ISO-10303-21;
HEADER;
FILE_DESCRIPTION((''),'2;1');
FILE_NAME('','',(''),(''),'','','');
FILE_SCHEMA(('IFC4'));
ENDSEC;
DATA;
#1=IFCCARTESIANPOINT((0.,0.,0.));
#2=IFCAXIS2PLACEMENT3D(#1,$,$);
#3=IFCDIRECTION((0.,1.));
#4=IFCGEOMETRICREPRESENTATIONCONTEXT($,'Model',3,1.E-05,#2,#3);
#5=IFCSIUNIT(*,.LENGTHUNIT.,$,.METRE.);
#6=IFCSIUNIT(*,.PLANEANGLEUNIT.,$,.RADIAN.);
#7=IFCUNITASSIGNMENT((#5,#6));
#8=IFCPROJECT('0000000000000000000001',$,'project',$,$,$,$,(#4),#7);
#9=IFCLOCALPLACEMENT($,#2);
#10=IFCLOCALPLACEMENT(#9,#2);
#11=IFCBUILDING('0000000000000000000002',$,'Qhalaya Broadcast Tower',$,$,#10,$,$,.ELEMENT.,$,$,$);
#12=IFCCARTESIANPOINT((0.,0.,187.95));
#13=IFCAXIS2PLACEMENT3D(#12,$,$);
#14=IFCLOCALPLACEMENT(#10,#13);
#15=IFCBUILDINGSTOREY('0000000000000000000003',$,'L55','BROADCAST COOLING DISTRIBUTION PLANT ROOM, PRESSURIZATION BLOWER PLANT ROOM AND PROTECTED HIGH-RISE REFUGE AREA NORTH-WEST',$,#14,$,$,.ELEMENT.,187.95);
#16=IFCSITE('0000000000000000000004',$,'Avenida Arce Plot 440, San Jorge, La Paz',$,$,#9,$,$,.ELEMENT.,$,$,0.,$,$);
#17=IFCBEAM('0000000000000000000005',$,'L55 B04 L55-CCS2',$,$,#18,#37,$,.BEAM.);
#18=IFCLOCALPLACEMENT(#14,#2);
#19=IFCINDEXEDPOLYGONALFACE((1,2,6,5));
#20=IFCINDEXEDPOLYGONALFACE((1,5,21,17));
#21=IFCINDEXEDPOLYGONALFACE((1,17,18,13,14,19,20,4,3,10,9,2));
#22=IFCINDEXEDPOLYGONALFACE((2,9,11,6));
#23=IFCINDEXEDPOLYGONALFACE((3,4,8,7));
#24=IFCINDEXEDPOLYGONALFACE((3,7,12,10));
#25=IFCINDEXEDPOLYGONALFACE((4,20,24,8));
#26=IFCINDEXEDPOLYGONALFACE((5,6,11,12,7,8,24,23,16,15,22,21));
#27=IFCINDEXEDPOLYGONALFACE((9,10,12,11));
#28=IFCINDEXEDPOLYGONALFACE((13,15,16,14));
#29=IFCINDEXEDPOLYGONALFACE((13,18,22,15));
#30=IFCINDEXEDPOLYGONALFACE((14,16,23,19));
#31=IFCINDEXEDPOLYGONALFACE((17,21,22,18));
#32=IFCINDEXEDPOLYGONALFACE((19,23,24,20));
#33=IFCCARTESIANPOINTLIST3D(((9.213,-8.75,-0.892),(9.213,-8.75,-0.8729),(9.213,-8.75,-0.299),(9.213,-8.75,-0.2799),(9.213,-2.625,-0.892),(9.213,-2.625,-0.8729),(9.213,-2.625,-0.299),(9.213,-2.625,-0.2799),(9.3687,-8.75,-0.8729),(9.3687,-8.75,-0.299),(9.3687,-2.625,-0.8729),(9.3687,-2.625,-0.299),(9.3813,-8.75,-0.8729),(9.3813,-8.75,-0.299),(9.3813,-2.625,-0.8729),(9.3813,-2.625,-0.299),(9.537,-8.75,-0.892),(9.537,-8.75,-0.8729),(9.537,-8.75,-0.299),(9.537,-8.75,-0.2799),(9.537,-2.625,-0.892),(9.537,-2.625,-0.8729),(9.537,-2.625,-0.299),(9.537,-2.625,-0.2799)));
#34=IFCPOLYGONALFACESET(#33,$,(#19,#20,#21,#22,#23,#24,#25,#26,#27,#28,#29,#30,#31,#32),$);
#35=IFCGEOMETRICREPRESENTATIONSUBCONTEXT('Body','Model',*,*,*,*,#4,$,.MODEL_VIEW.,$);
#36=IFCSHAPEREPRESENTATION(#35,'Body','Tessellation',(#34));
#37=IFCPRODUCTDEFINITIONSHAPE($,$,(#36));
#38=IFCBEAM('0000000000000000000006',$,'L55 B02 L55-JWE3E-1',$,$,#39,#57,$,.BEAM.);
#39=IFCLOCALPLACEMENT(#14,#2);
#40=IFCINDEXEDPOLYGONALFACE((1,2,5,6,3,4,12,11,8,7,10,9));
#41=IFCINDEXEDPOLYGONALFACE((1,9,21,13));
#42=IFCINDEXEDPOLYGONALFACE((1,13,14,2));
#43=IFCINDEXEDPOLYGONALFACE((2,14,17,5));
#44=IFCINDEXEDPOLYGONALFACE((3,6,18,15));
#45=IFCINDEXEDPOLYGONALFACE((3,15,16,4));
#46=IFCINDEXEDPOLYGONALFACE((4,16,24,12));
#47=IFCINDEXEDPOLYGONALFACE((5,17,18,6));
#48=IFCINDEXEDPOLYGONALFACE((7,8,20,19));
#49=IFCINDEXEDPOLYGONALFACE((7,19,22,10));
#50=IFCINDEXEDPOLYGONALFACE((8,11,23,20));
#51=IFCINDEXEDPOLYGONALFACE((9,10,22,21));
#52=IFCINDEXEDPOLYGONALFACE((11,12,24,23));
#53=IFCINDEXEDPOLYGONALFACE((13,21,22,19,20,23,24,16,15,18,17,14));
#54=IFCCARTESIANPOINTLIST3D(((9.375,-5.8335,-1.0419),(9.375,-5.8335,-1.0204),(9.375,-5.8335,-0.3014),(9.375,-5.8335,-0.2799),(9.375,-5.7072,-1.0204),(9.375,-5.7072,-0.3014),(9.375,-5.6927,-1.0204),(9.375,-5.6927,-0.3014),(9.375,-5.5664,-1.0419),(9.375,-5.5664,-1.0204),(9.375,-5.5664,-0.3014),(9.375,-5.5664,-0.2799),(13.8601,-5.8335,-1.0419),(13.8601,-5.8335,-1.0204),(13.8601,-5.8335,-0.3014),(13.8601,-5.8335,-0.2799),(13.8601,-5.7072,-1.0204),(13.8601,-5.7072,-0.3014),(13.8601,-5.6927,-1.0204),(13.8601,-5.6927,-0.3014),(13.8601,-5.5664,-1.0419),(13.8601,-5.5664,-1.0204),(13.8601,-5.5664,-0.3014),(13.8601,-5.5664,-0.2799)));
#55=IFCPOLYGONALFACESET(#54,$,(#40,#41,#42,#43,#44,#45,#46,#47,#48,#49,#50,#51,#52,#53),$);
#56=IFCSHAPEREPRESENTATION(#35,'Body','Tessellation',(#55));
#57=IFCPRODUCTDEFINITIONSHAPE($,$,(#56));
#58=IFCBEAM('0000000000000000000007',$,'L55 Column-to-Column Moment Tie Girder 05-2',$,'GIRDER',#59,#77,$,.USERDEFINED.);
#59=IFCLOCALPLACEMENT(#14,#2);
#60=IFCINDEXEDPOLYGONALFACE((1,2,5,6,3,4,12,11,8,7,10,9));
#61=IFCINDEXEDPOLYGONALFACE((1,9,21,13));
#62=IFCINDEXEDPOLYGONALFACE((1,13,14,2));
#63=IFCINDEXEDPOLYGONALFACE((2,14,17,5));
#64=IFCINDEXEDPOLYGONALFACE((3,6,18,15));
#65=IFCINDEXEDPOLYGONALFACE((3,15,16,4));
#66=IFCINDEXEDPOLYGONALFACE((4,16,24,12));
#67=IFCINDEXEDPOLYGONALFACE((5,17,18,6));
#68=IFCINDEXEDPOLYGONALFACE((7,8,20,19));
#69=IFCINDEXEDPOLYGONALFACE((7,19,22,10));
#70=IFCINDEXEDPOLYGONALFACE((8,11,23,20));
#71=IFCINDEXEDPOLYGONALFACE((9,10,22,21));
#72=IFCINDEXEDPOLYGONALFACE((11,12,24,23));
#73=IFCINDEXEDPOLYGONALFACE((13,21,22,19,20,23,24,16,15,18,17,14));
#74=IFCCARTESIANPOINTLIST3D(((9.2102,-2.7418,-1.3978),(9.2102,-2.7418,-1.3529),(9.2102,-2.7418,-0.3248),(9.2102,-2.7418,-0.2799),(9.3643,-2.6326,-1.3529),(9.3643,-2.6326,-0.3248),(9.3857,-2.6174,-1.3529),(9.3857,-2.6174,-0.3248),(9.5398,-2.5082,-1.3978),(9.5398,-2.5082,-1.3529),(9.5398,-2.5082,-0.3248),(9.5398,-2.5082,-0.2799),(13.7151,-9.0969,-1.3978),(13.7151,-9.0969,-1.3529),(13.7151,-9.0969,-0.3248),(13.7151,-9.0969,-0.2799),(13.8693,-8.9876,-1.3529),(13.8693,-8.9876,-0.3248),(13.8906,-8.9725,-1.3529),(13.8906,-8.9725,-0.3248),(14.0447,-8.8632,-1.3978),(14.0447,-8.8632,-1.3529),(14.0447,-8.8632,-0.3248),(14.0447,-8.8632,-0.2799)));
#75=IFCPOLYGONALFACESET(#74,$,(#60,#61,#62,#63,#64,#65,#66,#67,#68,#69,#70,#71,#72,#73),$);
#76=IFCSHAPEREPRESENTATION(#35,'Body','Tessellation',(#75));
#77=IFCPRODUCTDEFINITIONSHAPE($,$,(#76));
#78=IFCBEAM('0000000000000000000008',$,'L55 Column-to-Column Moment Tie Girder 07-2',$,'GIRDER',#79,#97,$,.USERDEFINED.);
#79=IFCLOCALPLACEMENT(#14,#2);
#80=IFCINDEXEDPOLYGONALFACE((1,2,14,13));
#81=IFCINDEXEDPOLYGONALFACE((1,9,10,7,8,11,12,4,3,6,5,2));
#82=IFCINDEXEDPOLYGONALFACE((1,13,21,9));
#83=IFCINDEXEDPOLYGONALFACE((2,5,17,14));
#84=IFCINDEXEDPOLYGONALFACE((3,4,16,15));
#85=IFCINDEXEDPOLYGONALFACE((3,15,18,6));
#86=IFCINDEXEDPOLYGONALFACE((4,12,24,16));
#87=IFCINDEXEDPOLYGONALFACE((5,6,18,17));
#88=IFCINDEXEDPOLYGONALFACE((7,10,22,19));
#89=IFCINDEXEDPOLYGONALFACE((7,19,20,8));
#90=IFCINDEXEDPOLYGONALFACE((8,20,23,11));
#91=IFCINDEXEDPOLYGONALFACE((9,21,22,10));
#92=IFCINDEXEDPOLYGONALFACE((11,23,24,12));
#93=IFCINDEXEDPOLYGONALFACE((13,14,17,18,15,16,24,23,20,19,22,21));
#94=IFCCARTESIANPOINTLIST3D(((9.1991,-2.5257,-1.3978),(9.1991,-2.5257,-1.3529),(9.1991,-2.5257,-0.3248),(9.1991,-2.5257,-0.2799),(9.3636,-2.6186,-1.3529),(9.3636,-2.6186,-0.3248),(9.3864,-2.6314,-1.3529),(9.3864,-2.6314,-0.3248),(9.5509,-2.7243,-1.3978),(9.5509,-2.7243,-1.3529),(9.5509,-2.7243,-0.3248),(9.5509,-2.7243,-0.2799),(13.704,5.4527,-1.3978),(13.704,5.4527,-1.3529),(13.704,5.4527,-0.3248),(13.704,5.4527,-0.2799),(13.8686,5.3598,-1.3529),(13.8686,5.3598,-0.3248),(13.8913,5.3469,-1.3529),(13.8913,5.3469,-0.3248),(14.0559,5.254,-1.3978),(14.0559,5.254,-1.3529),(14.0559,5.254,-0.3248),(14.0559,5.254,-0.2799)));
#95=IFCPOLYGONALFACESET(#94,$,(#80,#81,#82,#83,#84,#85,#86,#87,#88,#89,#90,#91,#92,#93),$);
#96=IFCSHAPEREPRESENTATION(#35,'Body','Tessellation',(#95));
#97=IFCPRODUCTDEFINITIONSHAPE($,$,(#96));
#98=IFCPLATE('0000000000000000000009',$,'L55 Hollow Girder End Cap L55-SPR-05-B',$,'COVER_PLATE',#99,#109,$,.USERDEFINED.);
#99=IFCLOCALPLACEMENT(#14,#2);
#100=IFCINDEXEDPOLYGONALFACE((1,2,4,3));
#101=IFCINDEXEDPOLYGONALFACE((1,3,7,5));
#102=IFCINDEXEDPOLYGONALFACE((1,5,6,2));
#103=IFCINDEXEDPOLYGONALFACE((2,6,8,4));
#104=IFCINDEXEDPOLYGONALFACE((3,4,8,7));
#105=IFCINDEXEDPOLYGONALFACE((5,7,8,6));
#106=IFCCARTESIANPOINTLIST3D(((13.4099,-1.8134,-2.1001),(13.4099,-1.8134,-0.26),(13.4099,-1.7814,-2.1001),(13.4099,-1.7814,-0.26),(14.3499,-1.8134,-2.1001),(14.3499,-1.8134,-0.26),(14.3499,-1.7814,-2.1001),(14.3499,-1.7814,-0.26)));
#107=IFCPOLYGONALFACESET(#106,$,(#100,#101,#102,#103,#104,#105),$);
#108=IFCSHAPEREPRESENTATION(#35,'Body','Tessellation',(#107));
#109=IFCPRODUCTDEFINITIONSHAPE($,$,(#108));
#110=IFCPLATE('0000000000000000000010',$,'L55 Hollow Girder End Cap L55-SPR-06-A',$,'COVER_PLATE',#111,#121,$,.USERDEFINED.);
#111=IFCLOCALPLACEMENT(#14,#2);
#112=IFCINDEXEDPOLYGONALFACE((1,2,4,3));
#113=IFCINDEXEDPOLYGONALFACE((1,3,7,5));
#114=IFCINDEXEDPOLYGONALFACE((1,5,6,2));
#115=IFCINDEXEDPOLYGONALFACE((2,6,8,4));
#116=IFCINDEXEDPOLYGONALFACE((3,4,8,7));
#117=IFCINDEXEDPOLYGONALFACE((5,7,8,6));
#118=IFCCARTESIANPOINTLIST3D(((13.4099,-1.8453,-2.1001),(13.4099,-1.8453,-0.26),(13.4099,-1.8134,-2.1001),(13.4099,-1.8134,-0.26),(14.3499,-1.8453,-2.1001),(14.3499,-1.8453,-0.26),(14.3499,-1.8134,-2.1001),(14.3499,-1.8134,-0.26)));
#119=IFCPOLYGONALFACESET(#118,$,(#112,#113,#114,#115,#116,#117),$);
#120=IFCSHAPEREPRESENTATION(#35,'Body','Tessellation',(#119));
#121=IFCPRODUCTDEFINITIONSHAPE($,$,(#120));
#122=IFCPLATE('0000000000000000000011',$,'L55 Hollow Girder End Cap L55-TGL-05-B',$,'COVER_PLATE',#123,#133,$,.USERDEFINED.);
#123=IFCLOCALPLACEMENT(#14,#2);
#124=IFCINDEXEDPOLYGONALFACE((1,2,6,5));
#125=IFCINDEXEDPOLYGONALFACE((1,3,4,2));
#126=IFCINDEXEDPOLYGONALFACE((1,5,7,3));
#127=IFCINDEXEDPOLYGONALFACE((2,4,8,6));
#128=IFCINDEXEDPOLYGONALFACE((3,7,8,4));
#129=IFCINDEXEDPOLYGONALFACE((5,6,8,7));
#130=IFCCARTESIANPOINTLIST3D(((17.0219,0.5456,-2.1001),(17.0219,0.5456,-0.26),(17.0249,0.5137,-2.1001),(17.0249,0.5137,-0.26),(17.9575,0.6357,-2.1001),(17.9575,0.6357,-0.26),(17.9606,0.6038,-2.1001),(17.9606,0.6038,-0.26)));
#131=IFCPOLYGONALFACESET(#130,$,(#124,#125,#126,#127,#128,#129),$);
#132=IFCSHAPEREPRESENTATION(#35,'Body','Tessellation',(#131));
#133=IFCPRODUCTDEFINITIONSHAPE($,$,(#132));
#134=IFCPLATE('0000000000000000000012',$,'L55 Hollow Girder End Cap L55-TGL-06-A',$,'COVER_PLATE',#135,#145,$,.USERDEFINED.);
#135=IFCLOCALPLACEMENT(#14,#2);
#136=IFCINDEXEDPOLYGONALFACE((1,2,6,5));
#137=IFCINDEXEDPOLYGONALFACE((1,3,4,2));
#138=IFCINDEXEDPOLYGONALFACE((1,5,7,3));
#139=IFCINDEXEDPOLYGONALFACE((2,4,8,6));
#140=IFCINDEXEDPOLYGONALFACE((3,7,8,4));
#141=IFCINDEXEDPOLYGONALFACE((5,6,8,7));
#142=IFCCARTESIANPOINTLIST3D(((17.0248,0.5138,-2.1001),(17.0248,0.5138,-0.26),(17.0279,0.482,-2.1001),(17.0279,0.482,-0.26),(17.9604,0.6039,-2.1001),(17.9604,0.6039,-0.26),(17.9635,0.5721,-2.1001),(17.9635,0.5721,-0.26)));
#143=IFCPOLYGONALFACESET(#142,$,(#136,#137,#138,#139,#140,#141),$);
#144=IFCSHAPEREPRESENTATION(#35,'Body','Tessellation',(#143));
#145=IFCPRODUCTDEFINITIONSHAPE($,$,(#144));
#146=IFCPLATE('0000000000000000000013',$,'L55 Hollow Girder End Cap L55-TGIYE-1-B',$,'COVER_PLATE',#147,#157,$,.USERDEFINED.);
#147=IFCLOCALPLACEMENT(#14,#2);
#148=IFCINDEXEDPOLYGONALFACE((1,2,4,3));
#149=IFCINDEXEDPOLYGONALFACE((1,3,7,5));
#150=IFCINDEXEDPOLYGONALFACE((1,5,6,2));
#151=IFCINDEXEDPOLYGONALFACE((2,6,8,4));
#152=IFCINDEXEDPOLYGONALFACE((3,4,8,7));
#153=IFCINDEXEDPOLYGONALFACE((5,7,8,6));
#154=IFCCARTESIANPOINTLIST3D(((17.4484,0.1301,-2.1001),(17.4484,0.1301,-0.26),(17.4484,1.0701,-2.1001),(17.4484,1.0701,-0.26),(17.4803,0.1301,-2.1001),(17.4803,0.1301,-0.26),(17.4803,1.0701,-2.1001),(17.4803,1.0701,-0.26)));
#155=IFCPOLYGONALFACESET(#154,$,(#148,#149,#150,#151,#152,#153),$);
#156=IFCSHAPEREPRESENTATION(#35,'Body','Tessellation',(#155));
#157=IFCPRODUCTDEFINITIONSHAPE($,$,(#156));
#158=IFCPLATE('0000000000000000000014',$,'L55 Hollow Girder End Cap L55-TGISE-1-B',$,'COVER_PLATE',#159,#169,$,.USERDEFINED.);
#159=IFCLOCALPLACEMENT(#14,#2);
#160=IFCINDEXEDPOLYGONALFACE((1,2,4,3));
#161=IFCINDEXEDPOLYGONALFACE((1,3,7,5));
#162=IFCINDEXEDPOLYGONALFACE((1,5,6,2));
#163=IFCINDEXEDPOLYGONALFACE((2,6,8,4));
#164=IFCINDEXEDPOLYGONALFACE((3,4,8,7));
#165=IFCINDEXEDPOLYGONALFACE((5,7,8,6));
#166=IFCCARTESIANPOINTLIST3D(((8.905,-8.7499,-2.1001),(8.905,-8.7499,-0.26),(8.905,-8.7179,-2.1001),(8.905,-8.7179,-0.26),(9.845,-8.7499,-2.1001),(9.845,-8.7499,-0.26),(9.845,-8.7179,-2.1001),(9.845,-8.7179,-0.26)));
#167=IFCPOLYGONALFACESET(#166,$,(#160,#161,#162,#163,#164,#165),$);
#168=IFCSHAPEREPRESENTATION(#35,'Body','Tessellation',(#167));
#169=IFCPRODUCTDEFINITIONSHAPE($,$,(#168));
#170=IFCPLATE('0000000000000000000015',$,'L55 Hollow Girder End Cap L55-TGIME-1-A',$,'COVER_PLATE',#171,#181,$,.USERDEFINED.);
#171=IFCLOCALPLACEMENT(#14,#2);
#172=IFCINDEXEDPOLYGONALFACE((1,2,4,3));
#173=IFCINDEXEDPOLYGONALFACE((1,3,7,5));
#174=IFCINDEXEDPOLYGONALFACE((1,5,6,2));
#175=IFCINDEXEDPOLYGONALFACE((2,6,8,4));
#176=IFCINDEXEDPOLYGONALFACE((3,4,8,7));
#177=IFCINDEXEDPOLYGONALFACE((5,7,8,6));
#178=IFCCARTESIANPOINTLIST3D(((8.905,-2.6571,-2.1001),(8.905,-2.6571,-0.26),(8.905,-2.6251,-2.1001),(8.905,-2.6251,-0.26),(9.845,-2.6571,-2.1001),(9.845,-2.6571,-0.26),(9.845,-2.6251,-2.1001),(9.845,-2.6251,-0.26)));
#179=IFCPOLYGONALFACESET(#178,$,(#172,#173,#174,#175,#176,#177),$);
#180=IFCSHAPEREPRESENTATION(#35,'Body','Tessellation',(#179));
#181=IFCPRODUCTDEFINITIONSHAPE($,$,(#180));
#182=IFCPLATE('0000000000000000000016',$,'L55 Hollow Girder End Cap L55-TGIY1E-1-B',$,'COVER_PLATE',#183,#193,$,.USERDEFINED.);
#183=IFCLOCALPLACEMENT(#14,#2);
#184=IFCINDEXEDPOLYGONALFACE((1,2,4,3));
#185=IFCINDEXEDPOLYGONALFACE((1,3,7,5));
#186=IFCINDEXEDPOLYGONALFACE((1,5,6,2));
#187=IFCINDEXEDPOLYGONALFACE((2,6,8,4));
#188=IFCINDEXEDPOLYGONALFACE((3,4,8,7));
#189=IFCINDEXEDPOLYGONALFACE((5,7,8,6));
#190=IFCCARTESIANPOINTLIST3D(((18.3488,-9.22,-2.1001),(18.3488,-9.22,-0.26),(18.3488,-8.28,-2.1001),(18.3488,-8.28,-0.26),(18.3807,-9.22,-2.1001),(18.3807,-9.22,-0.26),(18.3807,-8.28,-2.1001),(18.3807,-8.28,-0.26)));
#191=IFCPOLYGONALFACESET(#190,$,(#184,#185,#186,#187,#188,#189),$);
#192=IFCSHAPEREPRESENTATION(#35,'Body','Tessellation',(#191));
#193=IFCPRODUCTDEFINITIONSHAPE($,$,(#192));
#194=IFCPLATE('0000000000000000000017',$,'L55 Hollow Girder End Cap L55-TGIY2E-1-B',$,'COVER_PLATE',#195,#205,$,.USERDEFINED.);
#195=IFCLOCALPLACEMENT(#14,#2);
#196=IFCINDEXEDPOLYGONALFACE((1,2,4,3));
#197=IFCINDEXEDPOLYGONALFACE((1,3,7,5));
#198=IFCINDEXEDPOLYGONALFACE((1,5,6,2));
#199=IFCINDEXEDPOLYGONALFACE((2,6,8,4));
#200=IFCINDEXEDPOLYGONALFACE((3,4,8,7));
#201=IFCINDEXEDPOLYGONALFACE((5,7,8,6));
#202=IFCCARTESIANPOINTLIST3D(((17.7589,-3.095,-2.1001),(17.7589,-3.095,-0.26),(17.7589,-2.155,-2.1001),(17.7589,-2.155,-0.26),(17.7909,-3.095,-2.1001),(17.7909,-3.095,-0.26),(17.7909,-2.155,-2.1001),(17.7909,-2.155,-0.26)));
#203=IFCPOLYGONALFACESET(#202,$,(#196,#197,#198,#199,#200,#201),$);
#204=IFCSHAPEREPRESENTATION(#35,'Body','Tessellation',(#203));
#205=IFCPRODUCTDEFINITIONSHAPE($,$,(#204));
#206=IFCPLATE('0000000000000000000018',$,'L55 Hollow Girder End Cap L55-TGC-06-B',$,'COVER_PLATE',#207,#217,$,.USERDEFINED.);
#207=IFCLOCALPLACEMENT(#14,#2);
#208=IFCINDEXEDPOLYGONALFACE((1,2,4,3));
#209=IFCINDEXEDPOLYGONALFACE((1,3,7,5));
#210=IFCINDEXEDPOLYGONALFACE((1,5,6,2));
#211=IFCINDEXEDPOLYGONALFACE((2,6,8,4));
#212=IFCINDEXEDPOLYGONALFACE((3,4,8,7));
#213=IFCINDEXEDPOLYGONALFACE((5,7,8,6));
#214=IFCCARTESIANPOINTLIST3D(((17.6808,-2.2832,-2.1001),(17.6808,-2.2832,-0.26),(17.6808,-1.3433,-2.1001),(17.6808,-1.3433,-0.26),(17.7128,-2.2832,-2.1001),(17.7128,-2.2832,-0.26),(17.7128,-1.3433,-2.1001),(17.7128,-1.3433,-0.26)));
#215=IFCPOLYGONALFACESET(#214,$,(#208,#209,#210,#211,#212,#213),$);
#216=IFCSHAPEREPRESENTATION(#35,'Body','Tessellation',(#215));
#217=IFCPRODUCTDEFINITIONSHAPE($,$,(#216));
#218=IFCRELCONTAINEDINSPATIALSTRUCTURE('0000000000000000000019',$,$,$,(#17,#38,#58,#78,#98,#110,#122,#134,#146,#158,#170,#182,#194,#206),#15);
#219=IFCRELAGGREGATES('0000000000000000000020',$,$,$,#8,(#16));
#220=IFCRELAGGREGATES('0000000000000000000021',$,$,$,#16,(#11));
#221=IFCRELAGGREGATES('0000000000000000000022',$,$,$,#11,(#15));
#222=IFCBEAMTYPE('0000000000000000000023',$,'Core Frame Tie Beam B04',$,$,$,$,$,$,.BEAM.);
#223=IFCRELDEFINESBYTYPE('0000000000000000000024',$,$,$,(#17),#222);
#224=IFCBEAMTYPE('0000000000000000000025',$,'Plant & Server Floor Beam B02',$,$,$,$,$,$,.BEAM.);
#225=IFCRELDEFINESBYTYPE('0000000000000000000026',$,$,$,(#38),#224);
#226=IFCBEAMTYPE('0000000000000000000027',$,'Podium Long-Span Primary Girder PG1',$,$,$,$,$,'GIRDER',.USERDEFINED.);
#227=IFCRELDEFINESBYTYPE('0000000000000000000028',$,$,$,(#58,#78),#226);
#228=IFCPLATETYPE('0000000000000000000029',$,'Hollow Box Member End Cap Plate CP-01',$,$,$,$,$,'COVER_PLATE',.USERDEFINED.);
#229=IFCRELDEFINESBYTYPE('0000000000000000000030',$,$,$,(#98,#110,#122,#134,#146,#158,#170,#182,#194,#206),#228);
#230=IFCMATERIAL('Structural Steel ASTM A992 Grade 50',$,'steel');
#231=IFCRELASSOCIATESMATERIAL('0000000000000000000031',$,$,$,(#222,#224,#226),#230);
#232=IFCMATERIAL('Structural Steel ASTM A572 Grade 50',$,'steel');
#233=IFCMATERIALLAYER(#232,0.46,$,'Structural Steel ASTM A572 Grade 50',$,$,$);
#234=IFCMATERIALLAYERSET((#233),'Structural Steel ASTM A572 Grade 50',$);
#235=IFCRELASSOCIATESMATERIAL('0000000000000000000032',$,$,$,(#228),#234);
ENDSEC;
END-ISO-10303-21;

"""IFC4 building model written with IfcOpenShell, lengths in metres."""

from ifc_helpers import new_model, si_unit, direction, frame, origin, origin_2d, place, context, subcontext, project, spatial, rectangle, i_section, extrude, material, layer, layer_set, material_profile, profile_set, type_object, element, save


model = new_model("IFC4")

# Units and contexts
model_context = context("Model", 3, precision=1e-05, world=origin(), true_north=direction((0.0, 1.0)))
body_context = subcontext(model_context, "Body", "Model", "MODEL_VIEW")
ifc_project = project(units=[si_unit("LENGTHUNIT", "METRE"), si_unit("PLANEANGLEUNIT", "RADIAN")], contexts=[model_context])

# Site, building, storey
site_placement = place(None, origin())
site = spatial("IfcSite", under=ifc_project, at=site_placement, Name="Avenida Arce Plot 440, San Jorge, La Paz", CompositionType="ELEMENT", RefElevation=0.0)
building_placement = place(site_placement, origin())
building = spatial("IfcBuilding", under=site, at=building_placement, Name="Qhalaya Broadcast Tower", CompositionType="ELEMENT")
storey_placement = place(building_placement, frame((0.0, 0.0, 187.95)))
storey = spatial("IfcBuildingStorey", under=building, at=storey_placement, Name="L55", Description="BROADCAST COOLING DISTRIBUTION PLANT ROOM, PRESSURIZATION BLOWER PLANT ROOM AND PROTECTED HIGH-RISE REFUGE AREA NORTH-WEST", CompositionType="ELEMENT", Elevation=187.95)

# Shared definitions
ifc_material_1 = material(Name="Structural Steel ASTM A572 Grade 50", Category="steel")

# Beams
ifc_material_2 = material(Name="Structural Steel ASTM A992 Grade 50", Category="steel")
ifc_material_profile_1 = material_profile(ifc_material_2, i_section(OverallWidth=0.324, OverallDepth=0.6121, WebThickness=0.0127, FlangeThickness=0.019, at=origin_2d()), Name="W24X104")
ifc_profile_set_1 = profile_set([ifc_material_profile_1], Name="Structural Steel ASTM A992 Grade 50")
beam_type_1 = type_object("IfcBeamType", Name="Core Frame Tie Beam B04", PredefinedType="BEAM", material=ifc_profile_set_1)
beam_1_placement = place(storey_placement, frame((9.375, -8.75, -0.5859), z_axis=(0.0, 1.0, 0.0), x_axis=(-1.0, 0.0, 0.0)))
element("IfcBeam", 1, at=beam_1_placement, inside=storey, type_object=beam_type_1, Name="L55 B04 L55-CCS2", PredefinedType="BEAM", context=body_context, shape_type="SweptSolid", body=[
    extrude(i_section(OverallWidth=0.324, OverallDepth=0.6121, WebThickness=0.0127, FlangeThickness=0.019, at=origin_2d()), origin(), (0.0, 0.0, 1.0), 6.125),
])
ifc_material_profile_2 = material_profile(ifc_material_2, i_section(OverallWidth=0.2671, OverallDepth=0.762, WebThickness=0.0144, FlangeThickness=0.0215, at=origin_2d()), Name="W30X116")
ifc_profile_set_2 = profile_set([ifc_material_profile_2], Name="Structural Steel ASTM A992 Grade 50")
beam_type_2 = type_object("IfcBeamType", Name="Plant & Server Floor Beam B02", PredefinedType="BEAM", material=ifc_profile_set_2)
beam_2_placement = place(storey_placement, frame((9.375, -5.7, -0.6609), z_axis=(1.0, 0.0, 0.0), x_axis=(0.0, 1.0, 0.0)))
element("IfcBeam", 2, at=beam_2_placement, inside=storey, type_object=beam_type_2, Name="L55 B02 L55-JWE3E-1", PredefinedType="BEAM", context=body_context, shape_type="SweptSolid", body=[
    extrude(i_section(OverallWidth=0.2671, OverallDepth=0.762, WebThickness=0.0144, FlangeThickness=0.0215, at=origin_2d()), origin(), (0.0, 0.0, 1.0), 4.4851),
])
ifc_material_profile_3 = material_profile(ifc_material_2, i_section(OverallWidth=0.4041, OverallDepth=1.1179, WebThickness=0.0261, FlangeThickness=0.0449, at=origin_2d()), Name="W44X335")
ifc_profile_set_3 = profile_set([ifc_material_profile_3], Name="Structural Steel ASTM A992 Grade 50")
beam_type_3 = type_object("IfcBeamType", Name="Podium Long-Span Primary Girder PG1", ElementType="GIRDER", PredefinedType="USERDEFINED", material=ifc_profile_set_3)
beam_3_placement = place(storey_placement, frame((9.375, -2.625, -0.8389), z_axis=(0.578311, -0.815816, 0.0), x_axis=(0.815816, 0.578311, 0.0)))
element("IfcBeam", 3, at=beam_3_placement, inside=storey, type_object=beam_type_3, Name="L55 Column-to-Column Moment Tie Girder 05-2", ObjectType="GIRDER", PredefinedType="USERDEFINED", context=body_context, shape_type="SweptSolid", body=[
    extrude(i_section(OverallWidth=0.4041, OverallDepth=1.1179, WebThickness=0.0261, FlangeThickness=0.0449, at=origin_2d()), origin(), (0.0, 0.0, 1.0), 7.7898),
])
beam_4_placement = place(storey_placement, frame((9.375, -2.625, -0.8389), z_axis=(0.491679, 0.870777, 0.0), x_axis=(-0.870777, 0.491679, 0.0)))
element("IfcBeam", 4, at=beam_4_placement, inside=storey, type_object=beam_type_3, Name="L55 Column-to-Column Moment Tie Girder 07-2", ObjectType="GIRDER", PredefinedType="USERDEFINED", context=body_context, shape_type="SweptSolid", body=[
    extrude(i_section(OverallWidth=0.4041, OverallDepth=1.1179, WebThickness=0.0261, FlangeThickness=0.0449, at=origin_2d()), origin(), (0.0, 0.0, 1.0), 9.1624),
])

# Plates
ifc_layer_1 = layer(ifc_material_1, 0.46, Name="Structural Steel ASTM A572 Grade 50")
ifc_layer_set_1 = layer_set([ifc_layer_1], Name="Structural Steel ASTM A572 Grade 50")
plate_type_1 = type_object("IfcPlateType", Name="Hollow Box Member End Cap Plate CP-01", ElementType="COVER_PLATE", PredefinedType="USERDEFINED", material=ifc_layer_set_1)
for number, where, z_axis, x_axis, name in (
    (5, (13.8799, -1.7974, -2.1001), (0.0, 0.0, 1.0), (-1.0, 0.0, 0.0), "L55 Hollow Girder End Cap L55-SPR-05-B"),
    (6, (13.8799, -1.8293, -2.1001), (0.0, 0.0, 1.0), (-1.0, 0.0, 0.0), "L55 Hollow Girder End Cap L55-SPR-06-A"),
    (7, (17.4912, 0.5747, -2.1001), (0.0, 0.0, 1.0), (-0.995396, -0.095846, 0.0), "L55 Hollow Girder End Cap L55-TGL-05-B"),
    (8, (17.4941, 0.543, -2.1001), (0.0, 0.0, 1.0), (-0.995396, -0.095846, 0.0), "L55 Hollow Girder End Cap L55-TGL-06-A"),
    (9, (17.4644, 0.6001, -2.1001), (0.0, 0.0, 1.0), (0.0, 1.0, 0.0), "L55 Hollow Girder End Cap L55-TGIYE-1-B"),
    (10, (9.375, -8.7339, -2.1001), (0.0, 0.0, 1.0), (-1.0, 0.0, 0.0), "L55 Hollow Girder End Cap L55-TGISE-1-B"),
    (11, (9.375, -2.6411, -2.1001), (0.0, 0.0, 1.0), (-1.0, 0.0, 0.0), "L55 Hollow Girder End Cap L55-TGIME-1-A"),
    (12, (18.3647, -8.75, -2.1001), (0.0, 0.0, 1.0), (0.0, 1.0, 0.0), "L55 Hollow Girder End Cap L55-TGIY1E-1-B"),
    (13, (17.7749, -2.625, -2.1001), (0.0, 0.0, 1.0), (0.0, 1.0, 0.0), "L55 Hollow Girder End Cap L55-TGIY2E-1-B"),
    (14, (17.6968, -1.8132, -2.1001), (0.0, 0.0, 1.0), (0.0, 1.0, 0.0), "L55 Hollow Girder End Cap L55-TGC-06-B"),
):
    element("IfcPlate", number, at=place(storey_placement, frame(where, z_axis=z_axis, x_axis=x_axis)), inside=storey, type_object=plate_type_1, Name=name, ObjectType="COVER_PLATE", PredefinedType="USERDEFINED", context=body_context, shape_type="SweptSolid", body=[
        extrude(rectangle(XDim=0.9399, YDim=0.032, at=origin_2d()), origin(), (0.0, 0.0, 1.0), 1.8401),
    ])

save(model, "model.ifc")
